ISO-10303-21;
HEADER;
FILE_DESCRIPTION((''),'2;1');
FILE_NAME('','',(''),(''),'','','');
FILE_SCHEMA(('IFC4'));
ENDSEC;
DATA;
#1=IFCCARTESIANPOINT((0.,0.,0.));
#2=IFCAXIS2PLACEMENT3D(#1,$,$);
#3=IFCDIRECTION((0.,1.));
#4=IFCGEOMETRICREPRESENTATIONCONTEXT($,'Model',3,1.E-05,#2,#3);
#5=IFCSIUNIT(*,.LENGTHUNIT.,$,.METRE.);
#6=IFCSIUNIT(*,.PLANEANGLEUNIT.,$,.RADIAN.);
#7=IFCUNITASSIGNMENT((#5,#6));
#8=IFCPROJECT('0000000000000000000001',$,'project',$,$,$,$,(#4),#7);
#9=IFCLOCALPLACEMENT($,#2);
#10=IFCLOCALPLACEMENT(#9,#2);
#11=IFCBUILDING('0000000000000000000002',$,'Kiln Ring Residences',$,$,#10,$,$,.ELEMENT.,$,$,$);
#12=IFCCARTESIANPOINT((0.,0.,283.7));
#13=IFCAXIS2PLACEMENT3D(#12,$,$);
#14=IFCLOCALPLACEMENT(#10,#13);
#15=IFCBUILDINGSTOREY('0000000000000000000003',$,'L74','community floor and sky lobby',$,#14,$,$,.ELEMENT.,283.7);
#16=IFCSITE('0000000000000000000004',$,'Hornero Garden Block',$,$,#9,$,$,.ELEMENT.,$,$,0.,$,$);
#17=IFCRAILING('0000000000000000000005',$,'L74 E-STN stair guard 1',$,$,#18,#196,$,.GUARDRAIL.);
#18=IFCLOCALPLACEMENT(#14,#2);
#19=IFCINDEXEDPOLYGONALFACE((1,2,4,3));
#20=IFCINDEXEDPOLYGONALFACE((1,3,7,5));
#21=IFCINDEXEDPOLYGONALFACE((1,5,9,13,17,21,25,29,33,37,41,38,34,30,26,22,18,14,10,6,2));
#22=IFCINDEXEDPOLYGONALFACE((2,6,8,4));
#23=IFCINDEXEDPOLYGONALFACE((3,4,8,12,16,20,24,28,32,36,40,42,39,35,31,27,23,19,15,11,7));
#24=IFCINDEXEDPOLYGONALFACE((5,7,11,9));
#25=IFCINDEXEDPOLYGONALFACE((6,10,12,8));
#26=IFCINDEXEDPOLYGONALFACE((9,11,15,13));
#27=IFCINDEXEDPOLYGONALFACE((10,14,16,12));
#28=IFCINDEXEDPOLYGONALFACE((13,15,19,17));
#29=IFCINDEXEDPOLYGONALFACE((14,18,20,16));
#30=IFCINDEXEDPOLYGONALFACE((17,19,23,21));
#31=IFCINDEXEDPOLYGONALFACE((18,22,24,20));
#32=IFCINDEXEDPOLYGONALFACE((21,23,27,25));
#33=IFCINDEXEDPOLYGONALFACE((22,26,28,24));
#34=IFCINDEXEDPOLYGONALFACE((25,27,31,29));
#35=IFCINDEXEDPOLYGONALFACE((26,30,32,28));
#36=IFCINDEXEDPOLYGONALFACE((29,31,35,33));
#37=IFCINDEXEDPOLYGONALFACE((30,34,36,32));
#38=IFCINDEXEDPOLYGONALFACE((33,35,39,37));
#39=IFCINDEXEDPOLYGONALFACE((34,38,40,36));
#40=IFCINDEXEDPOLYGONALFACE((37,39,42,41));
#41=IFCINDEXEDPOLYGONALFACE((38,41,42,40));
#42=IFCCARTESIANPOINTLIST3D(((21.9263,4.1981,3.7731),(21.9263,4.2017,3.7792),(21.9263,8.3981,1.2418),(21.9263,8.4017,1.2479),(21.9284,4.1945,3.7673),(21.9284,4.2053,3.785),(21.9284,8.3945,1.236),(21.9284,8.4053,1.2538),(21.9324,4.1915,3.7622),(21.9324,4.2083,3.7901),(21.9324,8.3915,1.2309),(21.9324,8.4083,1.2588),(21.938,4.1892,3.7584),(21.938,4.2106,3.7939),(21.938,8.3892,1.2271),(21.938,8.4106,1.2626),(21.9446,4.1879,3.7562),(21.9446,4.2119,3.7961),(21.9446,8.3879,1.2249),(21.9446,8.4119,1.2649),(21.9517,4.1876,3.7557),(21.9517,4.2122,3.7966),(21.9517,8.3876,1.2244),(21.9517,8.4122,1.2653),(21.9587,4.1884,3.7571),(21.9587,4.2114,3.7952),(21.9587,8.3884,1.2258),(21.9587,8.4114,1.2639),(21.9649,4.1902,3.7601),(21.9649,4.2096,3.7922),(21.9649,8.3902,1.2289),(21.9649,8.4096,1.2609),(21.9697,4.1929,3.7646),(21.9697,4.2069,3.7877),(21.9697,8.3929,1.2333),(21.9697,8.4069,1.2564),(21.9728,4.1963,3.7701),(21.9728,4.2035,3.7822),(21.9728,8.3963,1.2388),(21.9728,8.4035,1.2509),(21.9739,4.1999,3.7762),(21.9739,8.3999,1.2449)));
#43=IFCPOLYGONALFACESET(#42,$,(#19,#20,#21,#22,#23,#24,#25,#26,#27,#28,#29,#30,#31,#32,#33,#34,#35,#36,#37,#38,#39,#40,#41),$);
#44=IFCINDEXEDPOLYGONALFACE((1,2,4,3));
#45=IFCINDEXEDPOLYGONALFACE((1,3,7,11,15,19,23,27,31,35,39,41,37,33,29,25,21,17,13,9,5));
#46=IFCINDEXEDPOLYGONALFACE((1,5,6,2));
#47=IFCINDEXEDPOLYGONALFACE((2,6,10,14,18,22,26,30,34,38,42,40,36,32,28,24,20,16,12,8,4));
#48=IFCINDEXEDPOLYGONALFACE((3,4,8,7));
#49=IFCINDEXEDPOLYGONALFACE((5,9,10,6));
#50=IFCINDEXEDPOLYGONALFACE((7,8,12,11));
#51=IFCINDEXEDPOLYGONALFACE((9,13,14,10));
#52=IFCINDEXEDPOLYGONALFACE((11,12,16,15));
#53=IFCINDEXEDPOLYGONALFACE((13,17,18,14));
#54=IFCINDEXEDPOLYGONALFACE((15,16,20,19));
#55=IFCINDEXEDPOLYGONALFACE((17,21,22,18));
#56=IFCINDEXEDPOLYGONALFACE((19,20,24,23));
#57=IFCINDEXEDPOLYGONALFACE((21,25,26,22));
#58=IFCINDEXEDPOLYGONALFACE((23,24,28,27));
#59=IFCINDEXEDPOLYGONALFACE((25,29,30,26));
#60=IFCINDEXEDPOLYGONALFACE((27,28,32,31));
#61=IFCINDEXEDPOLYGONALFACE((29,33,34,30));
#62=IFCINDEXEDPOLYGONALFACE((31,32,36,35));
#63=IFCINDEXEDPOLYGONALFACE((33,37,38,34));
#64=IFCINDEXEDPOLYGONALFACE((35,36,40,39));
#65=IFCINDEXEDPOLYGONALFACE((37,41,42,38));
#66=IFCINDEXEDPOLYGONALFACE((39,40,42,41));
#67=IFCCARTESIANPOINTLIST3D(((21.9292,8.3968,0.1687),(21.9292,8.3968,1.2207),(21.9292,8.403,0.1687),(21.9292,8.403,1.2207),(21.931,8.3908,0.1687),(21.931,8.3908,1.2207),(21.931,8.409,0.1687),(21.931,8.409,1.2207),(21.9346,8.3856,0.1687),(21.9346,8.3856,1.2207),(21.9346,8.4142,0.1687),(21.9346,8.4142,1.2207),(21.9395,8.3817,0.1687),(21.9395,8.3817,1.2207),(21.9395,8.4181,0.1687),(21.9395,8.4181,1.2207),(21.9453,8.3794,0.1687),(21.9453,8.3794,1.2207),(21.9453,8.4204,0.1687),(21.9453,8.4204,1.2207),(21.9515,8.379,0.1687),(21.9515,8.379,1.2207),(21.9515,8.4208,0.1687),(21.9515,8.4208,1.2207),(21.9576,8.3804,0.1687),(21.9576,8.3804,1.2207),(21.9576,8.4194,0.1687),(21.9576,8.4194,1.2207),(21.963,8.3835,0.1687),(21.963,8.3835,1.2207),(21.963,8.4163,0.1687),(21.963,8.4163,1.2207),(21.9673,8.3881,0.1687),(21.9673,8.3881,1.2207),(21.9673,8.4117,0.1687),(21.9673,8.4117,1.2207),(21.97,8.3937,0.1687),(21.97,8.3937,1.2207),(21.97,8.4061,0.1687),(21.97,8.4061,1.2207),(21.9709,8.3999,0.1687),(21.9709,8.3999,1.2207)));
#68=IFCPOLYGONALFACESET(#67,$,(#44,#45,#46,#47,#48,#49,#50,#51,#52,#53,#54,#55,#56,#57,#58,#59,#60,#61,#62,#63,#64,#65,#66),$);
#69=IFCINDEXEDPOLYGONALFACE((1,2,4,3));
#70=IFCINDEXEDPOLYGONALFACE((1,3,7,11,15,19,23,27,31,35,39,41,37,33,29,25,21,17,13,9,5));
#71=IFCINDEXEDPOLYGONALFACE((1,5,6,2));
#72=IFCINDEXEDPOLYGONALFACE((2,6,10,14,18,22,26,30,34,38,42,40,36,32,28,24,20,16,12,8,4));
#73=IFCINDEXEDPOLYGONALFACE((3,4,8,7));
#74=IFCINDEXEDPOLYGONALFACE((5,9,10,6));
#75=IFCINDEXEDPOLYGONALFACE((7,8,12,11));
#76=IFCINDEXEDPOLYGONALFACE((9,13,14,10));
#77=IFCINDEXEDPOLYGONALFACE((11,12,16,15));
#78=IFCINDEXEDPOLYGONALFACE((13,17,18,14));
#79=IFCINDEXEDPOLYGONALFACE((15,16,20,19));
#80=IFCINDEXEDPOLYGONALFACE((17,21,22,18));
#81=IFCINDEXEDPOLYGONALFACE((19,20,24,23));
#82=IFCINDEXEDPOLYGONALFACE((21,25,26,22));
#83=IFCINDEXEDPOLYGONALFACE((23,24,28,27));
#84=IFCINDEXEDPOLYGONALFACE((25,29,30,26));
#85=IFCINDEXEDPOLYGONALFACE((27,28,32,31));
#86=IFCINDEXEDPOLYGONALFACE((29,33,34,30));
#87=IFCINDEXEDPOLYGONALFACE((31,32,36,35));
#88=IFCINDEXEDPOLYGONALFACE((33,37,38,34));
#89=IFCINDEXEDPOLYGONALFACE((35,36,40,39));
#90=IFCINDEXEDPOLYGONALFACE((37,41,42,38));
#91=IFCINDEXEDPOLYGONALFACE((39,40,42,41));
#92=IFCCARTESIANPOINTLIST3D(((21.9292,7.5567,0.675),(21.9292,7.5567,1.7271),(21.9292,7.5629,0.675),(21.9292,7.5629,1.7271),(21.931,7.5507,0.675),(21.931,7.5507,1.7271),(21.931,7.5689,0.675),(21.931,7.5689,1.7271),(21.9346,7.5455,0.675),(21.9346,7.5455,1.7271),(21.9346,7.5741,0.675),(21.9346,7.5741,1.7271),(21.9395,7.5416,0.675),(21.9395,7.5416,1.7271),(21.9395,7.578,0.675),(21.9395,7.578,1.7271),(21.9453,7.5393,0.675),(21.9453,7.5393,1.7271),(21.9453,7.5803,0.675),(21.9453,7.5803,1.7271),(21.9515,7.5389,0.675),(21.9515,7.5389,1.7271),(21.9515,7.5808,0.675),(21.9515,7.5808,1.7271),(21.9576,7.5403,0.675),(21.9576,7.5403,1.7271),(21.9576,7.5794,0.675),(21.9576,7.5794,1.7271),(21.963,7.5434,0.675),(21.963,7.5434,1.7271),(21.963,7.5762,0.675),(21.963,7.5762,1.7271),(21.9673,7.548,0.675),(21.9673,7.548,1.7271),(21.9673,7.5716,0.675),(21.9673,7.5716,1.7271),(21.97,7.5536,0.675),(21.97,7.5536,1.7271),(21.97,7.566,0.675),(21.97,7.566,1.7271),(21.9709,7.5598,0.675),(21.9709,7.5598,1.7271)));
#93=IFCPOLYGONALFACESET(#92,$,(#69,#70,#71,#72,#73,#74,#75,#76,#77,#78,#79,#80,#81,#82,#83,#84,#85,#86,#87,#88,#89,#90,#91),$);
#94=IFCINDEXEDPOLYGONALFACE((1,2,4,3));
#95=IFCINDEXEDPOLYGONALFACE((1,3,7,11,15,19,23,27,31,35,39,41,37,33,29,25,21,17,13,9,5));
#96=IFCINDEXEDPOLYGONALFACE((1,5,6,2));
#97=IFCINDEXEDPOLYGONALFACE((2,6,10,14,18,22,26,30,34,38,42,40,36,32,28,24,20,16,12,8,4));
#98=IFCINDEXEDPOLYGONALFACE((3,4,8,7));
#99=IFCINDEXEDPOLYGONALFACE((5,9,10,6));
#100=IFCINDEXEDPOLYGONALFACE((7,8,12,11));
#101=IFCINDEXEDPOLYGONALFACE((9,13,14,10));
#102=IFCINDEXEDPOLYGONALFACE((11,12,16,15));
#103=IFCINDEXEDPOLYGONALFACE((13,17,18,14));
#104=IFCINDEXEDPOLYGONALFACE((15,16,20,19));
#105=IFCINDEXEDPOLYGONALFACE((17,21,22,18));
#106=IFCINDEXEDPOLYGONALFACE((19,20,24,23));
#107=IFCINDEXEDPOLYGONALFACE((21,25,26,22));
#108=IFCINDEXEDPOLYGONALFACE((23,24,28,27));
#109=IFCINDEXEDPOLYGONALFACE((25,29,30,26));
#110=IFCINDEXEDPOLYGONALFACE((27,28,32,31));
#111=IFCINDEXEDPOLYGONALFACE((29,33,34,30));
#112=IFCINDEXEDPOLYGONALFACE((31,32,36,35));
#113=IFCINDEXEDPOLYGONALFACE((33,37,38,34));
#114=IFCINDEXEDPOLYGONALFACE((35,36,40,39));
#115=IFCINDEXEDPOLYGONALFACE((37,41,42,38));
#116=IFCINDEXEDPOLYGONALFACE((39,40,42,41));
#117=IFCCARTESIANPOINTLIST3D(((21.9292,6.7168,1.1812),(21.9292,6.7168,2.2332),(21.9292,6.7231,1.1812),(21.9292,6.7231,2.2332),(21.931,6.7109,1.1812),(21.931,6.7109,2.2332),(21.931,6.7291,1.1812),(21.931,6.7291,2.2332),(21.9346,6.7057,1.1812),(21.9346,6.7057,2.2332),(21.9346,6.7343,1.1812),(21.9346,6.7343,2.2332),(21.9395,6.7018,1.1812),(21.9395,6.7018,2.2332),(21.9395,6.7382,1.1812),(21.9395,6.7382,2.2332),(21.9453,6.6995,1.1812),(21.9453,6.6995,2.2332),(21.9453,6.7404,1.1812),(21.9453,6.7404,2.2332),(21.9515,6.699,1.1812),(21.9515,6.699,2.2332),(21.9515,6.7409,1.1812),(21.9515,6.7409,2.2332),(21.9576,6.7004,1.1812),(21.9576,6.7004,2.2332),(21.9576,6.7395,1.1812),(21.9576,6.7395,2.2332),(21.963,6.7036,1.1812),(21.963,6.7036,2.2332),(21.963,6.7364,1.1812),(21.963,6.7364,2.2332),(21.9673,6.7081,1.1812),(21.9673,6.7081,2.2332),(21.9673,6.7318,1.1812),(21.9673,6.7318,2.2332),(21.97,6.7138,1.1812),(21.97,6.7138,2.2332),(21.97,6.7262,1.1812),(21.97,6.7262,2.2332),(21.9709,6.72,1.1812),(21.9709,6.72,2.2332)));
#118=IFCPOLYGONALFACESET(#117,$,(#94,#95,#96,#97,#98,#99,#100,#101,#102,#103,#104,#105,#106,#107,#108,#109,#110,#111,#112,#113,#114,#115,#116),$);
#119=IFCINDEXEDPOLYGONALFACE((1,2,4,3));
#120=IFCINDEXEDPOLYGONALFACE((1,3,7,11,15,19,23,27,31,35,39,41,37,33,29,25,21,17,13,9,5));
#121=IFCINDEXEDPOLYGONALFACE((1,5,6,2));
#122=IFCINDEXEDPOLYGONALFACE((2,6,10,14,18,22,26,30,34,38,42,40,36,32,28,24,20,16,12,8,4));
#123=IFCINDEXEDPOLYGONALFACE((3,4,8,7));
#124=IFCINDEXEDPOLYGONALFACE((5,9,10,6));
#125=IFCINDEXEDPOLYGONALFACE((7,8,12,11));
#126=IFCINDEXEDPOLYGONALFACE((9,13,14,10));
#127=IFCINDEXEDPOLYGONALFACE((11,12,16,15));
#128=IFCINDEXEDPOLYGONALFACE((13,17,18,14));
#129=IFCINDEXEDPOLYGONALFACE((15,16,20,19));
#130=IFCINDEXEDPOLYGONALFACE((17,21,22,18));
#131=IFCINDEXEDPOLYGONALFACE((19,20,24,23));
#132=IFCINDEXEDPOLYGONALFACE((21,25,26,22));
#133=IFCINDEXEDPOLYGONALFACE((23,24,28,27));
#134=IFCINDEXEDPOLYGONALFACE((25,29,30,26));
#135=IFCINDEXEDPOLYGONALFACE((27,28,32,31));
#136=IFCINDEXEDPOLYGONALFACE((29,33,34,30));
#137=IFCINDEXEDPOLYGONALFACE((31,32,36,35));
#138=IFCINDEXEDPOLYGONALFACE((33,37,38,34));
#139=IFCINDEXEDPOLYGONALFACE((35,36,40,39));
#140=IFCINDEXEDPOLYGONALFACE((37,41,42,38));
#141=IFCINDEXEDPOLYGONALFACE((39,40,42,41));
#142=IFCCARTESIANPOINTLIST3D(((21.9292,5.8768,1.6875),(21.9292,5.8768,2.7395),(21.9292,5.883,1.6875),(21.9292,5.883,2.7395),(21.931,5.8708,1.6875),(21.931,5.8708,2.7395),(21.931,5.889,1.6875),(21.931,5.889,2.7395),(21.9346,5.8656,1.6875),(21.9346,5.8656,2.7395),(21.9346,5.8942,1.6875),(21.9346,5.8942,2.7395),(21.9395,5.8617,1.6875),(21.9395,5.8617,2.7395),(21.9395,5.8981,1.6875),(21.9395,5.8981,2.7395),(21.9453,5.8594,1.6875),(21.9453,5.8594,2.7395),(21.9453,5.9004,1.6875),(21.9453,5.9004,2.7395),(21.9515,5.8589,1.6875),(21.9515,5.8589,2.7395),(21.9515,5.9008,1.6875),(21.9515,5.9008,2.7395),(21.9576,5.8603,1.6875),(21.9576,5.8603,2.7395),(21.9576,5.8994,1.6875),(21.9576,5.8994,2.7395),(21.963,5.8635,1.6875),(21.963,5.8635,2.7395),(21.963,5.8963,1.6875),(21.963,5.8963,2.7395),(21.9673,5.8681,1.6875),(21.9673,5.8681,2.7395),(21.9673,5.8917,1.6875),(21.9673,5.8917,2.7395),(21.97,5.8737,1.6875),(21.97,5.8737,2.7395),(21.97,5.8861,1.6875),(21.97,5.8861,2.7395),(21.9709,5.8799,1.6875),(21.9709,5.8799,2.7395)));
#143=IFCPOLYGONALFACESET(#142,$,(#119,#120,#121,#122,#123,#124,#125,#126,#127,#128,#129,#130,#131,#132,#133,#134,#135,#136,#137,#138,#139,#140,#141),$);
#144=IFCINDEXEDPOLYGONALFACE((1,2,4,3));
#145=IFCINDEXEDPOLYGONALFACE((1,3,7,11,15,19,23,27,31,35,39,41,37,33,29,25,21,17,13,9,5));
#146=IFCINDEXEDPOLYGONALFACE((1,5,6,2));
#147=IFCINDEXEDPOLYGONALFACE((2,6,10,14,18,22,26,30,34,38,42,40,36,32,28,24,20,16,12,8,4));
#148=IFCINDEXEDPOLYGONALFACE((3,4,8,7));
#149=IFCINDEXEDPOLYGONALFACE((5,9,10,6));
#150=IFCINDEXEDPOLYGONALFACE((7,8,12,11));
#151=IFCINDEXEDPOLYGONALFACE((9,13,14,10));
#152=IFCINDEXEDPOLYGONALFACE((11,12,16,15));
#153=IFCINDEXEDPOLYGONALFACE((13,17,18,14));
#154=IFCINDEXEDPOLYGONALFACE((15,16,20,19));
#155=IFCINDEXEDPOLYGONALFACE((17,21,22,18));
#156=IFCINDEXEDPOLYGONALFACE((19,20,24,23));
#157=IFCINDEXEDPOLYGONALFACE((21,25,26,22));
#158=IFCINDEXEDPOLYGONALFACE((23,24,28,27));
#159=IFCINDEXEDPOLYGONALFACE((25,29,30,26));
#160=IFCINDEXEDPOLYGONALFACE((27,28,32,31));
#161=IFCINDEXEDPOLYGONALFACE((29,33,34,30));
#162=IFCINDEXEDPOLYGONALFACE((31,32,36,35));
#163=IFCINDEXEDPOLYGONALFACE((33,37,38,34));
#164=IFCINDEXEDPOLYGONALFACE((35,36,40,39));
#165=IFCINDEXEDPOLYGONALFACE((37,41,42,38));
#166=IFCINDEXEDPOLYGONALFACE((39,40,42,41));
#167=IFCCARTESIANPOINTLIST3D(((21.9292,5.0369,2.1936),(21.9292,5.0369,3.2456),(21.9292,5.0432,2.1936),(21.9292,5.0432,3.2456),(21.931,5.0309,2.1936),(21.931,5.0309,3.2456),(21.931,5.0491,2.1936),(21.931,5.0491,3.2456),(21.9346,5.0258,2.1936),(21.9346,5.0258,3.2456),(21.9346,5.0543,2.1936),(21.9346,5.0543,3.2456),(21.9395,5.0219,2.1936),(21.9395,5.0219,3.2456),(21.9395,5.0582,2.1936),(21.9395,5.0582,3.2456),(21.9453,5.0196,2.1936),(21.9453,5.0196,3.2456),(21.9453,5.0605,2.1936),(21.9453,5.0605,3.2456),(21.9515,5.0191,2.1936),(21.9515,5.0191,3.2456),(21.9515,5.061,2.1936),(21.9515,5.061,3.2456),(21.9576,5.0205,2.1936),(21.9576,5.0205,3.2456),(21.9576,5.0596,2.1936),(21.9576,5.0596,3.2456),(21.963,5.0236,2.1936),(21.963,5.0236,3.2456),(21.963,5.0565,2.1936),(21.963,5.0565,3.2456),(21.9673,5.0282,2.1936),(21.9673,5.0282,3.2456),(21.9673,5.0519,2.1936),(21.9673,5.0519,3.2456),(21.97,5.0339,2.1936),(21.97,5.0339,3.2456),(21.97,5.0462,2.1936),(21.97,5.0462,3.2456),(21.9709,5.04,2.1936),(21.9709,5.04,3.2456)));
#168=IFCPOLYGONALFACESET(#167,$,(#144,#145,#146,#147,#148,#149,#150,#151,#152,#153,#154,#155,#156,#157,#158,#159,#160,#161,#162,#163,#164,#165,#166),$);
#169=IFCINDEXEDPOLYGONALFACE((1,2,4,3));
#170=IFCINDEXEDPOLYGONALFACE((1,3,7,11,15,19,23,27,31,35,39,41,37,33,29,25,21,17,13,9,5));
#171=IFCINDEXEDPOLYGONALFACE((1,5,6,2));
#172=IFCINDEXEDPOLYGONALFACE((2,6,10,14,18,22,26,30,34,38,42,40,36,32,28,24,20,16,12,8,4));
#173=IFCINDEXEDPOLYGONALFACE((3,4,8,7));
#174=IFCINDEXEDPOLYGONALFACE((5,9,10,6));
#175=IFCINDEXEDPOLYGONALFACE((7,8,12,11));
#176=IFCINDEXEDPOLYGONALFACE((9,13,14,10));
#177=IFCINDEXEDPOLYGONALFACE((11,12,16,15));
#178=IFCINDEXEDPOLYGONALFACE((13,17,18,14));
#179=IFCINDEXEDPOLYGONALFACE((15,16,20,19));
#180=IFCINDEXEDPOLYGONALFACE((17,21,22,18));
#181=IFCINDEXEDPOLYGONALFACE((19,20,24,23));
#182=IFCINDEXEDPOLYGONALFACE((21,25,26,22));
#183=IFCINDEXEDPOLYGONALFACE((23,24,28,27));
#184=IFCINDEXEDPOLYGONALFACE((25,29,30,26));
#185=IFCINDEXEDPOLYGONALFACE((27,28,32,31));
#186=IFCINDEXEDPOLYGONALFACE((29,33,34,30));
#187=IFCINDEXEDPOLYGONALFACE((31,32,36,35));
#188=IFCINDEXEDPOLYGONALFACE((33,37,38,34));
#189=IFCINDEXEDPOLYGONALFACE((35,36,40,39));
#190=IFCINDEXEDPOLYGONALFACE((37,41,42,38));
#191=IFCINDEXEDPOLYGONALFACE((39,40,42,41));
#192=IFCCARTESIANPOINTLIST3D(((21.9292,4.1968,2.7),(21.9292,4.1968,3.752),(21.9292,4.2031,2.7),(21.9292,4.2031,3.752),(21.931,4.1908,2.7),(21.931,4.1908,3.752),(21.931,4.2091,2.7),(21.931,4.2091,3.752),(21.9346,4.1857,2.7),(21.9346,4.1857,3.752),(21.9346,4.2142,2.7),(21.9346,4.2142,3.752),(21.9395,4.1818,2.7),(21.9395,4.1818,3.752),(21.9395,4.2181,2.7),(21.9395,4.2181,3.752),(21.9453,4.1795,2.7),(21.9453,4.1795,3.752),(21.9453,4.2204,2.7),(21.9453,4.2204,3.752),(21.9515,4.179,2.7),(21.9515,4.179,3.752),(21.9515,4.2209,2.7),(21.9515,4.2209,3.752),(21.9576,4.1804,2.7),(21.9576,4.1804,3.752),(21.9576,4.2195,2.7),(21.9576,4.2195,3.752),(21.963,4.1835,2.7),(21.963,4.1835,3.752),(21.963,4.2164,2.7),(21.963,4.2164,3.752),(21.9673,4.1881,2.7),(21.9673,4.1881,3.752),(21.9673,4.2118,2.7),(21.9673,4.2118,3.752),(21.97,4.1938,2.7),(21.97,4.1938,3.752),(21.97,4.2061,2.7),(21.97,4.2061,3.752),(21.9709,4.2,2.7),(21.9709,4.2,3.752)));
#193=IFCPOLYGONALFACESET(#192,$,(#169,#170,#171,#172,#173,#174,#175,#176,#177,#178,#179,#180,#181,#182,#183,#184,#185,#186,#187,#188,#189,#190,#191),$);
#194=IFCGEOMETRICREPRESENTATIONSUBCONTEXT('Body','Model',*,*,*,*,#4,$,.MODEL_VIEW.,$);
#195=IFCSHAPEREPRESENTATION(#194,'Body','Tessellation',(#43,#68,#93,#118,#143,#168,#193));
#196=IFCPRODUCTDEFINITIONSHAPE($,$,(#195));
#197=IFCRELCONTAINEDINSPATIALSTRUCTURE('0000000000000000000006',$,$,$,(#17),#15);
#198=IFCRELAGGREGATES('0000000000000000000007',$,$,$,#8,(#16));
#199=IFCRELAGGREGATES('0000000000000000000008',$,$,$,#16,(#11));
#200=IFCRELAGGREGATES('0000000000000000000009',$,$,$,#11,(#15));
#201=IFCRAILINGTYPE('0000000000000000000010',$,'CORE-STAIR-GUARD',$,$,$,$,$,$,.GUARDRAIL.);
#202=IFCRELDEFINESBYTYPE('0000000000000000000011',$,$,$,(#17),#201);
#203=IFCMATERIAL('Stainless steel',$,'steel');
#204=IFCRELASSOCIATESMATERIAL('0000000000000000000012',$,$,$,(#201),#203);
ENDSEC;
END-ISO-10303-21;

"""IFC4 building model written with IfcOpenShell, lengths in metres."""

from ifc_helpers import new_model, si_unit, direction, frame, origin, origin_2d, place, context, subcontext, project, spatial, circle, extrude, material, type_object, element, save


model = new_model("IFC4")

# Units and contexts
model_context = context("Model", 3, precision=1e-05, world=origin(), true_north=direction((0.0, 1.0)))
body_context = subcontext(model_context, "Body", "Model", "MODEL_VIEW")
ifc_project = project(units=[si_unit("LENGTHUNIT", "METRE"), si_unit("PLANEANGLEUNIT", "RADIAN")], contexts=[model_context])

# Site, building, storey
site_placement = place(None, origin())
site = spatial("IfcSite", under=ifc_project, at=site_placement, Name="Hornero Garden Block", CompositionType="ELEMENT", RefElevation=0.0)
building_placement = place(site_placement, origin())
building = spatial("IfcBuilding", under=site, at=building_placement, Name="Kiln Ring Residences", CompositionType="ELEMENT")
storey_placement = place(building_placement, frame((0.0, 0.0, 283.7)))
storey = spatial("IfcBuildingStorey", under=building, at=storey_placement, Name="L74", Description="community floor and sky lobby", CompositionType="ELEMENT", Elevation=283.7)

# Railing
ifc_material_1 = material(Name="Stainless steel", Category="steel")
railing_type_1 = type_object("IfcRailingType", Name="CORE-STAIR-GUARD", PredefinedType="GUARDRAIL", material=ifc_material_1)
railing_1_placement = place(storey_placement, frame((21.95, 8.3999, 0.1687)))
element("IfcRailing", 1, at=railing_1_placement, inside=storey, type_object=railing_type_1, Name="L74 E-STN stair guard 1", PredefinedType="GUARDRAIL", context=body_context, shape_type="SweptSolid", body=[
    extrude(circle(Radius=0.0239, at=origin_2d()), frame((0.0, 0.0, 1.0762), z_axis=(0.0, -0.856476, 0.516186), x_axis=(1.0, 0.0, 0.0)), (0.0, 0.0, 1.0), 4.9038),
    extrude(circle(Radius=0.021, at=origin_2d()), origin(), (0.0, 0.0, 1.0), 1.052),
    extrude(circle(Radius=0.021, at=origin_2d()), frame((0.0, -0.8401, 0.5063)), (0.0, 0.0, 1.0), 1.052),
    extrude(circle(Radius=0.021, at=origin_2d()), frame((0.0, -1.6799, 1.0125)), (0.0, 0.0, 1.0), 1.052),
    extrude(circle(Radius=0.021, at=origin_2d()), frame((0.0, -2.52, 1.5188)), (0.0, 0.0, 1.0), 1.052),
    extrude(circle(Radius=0.021, at=origin_2d()), frame((0.0, -3.3599, 2.0249)), (0.0, 0.0, 1.0), 1.052),
    extrude(circle(Radius=0.021, at=origin_2d()), frame((0.0, -4.2, 2.5312)), (0.0, 0.0, 1.0), 1.052),
])

save(model, "model.ifc")
